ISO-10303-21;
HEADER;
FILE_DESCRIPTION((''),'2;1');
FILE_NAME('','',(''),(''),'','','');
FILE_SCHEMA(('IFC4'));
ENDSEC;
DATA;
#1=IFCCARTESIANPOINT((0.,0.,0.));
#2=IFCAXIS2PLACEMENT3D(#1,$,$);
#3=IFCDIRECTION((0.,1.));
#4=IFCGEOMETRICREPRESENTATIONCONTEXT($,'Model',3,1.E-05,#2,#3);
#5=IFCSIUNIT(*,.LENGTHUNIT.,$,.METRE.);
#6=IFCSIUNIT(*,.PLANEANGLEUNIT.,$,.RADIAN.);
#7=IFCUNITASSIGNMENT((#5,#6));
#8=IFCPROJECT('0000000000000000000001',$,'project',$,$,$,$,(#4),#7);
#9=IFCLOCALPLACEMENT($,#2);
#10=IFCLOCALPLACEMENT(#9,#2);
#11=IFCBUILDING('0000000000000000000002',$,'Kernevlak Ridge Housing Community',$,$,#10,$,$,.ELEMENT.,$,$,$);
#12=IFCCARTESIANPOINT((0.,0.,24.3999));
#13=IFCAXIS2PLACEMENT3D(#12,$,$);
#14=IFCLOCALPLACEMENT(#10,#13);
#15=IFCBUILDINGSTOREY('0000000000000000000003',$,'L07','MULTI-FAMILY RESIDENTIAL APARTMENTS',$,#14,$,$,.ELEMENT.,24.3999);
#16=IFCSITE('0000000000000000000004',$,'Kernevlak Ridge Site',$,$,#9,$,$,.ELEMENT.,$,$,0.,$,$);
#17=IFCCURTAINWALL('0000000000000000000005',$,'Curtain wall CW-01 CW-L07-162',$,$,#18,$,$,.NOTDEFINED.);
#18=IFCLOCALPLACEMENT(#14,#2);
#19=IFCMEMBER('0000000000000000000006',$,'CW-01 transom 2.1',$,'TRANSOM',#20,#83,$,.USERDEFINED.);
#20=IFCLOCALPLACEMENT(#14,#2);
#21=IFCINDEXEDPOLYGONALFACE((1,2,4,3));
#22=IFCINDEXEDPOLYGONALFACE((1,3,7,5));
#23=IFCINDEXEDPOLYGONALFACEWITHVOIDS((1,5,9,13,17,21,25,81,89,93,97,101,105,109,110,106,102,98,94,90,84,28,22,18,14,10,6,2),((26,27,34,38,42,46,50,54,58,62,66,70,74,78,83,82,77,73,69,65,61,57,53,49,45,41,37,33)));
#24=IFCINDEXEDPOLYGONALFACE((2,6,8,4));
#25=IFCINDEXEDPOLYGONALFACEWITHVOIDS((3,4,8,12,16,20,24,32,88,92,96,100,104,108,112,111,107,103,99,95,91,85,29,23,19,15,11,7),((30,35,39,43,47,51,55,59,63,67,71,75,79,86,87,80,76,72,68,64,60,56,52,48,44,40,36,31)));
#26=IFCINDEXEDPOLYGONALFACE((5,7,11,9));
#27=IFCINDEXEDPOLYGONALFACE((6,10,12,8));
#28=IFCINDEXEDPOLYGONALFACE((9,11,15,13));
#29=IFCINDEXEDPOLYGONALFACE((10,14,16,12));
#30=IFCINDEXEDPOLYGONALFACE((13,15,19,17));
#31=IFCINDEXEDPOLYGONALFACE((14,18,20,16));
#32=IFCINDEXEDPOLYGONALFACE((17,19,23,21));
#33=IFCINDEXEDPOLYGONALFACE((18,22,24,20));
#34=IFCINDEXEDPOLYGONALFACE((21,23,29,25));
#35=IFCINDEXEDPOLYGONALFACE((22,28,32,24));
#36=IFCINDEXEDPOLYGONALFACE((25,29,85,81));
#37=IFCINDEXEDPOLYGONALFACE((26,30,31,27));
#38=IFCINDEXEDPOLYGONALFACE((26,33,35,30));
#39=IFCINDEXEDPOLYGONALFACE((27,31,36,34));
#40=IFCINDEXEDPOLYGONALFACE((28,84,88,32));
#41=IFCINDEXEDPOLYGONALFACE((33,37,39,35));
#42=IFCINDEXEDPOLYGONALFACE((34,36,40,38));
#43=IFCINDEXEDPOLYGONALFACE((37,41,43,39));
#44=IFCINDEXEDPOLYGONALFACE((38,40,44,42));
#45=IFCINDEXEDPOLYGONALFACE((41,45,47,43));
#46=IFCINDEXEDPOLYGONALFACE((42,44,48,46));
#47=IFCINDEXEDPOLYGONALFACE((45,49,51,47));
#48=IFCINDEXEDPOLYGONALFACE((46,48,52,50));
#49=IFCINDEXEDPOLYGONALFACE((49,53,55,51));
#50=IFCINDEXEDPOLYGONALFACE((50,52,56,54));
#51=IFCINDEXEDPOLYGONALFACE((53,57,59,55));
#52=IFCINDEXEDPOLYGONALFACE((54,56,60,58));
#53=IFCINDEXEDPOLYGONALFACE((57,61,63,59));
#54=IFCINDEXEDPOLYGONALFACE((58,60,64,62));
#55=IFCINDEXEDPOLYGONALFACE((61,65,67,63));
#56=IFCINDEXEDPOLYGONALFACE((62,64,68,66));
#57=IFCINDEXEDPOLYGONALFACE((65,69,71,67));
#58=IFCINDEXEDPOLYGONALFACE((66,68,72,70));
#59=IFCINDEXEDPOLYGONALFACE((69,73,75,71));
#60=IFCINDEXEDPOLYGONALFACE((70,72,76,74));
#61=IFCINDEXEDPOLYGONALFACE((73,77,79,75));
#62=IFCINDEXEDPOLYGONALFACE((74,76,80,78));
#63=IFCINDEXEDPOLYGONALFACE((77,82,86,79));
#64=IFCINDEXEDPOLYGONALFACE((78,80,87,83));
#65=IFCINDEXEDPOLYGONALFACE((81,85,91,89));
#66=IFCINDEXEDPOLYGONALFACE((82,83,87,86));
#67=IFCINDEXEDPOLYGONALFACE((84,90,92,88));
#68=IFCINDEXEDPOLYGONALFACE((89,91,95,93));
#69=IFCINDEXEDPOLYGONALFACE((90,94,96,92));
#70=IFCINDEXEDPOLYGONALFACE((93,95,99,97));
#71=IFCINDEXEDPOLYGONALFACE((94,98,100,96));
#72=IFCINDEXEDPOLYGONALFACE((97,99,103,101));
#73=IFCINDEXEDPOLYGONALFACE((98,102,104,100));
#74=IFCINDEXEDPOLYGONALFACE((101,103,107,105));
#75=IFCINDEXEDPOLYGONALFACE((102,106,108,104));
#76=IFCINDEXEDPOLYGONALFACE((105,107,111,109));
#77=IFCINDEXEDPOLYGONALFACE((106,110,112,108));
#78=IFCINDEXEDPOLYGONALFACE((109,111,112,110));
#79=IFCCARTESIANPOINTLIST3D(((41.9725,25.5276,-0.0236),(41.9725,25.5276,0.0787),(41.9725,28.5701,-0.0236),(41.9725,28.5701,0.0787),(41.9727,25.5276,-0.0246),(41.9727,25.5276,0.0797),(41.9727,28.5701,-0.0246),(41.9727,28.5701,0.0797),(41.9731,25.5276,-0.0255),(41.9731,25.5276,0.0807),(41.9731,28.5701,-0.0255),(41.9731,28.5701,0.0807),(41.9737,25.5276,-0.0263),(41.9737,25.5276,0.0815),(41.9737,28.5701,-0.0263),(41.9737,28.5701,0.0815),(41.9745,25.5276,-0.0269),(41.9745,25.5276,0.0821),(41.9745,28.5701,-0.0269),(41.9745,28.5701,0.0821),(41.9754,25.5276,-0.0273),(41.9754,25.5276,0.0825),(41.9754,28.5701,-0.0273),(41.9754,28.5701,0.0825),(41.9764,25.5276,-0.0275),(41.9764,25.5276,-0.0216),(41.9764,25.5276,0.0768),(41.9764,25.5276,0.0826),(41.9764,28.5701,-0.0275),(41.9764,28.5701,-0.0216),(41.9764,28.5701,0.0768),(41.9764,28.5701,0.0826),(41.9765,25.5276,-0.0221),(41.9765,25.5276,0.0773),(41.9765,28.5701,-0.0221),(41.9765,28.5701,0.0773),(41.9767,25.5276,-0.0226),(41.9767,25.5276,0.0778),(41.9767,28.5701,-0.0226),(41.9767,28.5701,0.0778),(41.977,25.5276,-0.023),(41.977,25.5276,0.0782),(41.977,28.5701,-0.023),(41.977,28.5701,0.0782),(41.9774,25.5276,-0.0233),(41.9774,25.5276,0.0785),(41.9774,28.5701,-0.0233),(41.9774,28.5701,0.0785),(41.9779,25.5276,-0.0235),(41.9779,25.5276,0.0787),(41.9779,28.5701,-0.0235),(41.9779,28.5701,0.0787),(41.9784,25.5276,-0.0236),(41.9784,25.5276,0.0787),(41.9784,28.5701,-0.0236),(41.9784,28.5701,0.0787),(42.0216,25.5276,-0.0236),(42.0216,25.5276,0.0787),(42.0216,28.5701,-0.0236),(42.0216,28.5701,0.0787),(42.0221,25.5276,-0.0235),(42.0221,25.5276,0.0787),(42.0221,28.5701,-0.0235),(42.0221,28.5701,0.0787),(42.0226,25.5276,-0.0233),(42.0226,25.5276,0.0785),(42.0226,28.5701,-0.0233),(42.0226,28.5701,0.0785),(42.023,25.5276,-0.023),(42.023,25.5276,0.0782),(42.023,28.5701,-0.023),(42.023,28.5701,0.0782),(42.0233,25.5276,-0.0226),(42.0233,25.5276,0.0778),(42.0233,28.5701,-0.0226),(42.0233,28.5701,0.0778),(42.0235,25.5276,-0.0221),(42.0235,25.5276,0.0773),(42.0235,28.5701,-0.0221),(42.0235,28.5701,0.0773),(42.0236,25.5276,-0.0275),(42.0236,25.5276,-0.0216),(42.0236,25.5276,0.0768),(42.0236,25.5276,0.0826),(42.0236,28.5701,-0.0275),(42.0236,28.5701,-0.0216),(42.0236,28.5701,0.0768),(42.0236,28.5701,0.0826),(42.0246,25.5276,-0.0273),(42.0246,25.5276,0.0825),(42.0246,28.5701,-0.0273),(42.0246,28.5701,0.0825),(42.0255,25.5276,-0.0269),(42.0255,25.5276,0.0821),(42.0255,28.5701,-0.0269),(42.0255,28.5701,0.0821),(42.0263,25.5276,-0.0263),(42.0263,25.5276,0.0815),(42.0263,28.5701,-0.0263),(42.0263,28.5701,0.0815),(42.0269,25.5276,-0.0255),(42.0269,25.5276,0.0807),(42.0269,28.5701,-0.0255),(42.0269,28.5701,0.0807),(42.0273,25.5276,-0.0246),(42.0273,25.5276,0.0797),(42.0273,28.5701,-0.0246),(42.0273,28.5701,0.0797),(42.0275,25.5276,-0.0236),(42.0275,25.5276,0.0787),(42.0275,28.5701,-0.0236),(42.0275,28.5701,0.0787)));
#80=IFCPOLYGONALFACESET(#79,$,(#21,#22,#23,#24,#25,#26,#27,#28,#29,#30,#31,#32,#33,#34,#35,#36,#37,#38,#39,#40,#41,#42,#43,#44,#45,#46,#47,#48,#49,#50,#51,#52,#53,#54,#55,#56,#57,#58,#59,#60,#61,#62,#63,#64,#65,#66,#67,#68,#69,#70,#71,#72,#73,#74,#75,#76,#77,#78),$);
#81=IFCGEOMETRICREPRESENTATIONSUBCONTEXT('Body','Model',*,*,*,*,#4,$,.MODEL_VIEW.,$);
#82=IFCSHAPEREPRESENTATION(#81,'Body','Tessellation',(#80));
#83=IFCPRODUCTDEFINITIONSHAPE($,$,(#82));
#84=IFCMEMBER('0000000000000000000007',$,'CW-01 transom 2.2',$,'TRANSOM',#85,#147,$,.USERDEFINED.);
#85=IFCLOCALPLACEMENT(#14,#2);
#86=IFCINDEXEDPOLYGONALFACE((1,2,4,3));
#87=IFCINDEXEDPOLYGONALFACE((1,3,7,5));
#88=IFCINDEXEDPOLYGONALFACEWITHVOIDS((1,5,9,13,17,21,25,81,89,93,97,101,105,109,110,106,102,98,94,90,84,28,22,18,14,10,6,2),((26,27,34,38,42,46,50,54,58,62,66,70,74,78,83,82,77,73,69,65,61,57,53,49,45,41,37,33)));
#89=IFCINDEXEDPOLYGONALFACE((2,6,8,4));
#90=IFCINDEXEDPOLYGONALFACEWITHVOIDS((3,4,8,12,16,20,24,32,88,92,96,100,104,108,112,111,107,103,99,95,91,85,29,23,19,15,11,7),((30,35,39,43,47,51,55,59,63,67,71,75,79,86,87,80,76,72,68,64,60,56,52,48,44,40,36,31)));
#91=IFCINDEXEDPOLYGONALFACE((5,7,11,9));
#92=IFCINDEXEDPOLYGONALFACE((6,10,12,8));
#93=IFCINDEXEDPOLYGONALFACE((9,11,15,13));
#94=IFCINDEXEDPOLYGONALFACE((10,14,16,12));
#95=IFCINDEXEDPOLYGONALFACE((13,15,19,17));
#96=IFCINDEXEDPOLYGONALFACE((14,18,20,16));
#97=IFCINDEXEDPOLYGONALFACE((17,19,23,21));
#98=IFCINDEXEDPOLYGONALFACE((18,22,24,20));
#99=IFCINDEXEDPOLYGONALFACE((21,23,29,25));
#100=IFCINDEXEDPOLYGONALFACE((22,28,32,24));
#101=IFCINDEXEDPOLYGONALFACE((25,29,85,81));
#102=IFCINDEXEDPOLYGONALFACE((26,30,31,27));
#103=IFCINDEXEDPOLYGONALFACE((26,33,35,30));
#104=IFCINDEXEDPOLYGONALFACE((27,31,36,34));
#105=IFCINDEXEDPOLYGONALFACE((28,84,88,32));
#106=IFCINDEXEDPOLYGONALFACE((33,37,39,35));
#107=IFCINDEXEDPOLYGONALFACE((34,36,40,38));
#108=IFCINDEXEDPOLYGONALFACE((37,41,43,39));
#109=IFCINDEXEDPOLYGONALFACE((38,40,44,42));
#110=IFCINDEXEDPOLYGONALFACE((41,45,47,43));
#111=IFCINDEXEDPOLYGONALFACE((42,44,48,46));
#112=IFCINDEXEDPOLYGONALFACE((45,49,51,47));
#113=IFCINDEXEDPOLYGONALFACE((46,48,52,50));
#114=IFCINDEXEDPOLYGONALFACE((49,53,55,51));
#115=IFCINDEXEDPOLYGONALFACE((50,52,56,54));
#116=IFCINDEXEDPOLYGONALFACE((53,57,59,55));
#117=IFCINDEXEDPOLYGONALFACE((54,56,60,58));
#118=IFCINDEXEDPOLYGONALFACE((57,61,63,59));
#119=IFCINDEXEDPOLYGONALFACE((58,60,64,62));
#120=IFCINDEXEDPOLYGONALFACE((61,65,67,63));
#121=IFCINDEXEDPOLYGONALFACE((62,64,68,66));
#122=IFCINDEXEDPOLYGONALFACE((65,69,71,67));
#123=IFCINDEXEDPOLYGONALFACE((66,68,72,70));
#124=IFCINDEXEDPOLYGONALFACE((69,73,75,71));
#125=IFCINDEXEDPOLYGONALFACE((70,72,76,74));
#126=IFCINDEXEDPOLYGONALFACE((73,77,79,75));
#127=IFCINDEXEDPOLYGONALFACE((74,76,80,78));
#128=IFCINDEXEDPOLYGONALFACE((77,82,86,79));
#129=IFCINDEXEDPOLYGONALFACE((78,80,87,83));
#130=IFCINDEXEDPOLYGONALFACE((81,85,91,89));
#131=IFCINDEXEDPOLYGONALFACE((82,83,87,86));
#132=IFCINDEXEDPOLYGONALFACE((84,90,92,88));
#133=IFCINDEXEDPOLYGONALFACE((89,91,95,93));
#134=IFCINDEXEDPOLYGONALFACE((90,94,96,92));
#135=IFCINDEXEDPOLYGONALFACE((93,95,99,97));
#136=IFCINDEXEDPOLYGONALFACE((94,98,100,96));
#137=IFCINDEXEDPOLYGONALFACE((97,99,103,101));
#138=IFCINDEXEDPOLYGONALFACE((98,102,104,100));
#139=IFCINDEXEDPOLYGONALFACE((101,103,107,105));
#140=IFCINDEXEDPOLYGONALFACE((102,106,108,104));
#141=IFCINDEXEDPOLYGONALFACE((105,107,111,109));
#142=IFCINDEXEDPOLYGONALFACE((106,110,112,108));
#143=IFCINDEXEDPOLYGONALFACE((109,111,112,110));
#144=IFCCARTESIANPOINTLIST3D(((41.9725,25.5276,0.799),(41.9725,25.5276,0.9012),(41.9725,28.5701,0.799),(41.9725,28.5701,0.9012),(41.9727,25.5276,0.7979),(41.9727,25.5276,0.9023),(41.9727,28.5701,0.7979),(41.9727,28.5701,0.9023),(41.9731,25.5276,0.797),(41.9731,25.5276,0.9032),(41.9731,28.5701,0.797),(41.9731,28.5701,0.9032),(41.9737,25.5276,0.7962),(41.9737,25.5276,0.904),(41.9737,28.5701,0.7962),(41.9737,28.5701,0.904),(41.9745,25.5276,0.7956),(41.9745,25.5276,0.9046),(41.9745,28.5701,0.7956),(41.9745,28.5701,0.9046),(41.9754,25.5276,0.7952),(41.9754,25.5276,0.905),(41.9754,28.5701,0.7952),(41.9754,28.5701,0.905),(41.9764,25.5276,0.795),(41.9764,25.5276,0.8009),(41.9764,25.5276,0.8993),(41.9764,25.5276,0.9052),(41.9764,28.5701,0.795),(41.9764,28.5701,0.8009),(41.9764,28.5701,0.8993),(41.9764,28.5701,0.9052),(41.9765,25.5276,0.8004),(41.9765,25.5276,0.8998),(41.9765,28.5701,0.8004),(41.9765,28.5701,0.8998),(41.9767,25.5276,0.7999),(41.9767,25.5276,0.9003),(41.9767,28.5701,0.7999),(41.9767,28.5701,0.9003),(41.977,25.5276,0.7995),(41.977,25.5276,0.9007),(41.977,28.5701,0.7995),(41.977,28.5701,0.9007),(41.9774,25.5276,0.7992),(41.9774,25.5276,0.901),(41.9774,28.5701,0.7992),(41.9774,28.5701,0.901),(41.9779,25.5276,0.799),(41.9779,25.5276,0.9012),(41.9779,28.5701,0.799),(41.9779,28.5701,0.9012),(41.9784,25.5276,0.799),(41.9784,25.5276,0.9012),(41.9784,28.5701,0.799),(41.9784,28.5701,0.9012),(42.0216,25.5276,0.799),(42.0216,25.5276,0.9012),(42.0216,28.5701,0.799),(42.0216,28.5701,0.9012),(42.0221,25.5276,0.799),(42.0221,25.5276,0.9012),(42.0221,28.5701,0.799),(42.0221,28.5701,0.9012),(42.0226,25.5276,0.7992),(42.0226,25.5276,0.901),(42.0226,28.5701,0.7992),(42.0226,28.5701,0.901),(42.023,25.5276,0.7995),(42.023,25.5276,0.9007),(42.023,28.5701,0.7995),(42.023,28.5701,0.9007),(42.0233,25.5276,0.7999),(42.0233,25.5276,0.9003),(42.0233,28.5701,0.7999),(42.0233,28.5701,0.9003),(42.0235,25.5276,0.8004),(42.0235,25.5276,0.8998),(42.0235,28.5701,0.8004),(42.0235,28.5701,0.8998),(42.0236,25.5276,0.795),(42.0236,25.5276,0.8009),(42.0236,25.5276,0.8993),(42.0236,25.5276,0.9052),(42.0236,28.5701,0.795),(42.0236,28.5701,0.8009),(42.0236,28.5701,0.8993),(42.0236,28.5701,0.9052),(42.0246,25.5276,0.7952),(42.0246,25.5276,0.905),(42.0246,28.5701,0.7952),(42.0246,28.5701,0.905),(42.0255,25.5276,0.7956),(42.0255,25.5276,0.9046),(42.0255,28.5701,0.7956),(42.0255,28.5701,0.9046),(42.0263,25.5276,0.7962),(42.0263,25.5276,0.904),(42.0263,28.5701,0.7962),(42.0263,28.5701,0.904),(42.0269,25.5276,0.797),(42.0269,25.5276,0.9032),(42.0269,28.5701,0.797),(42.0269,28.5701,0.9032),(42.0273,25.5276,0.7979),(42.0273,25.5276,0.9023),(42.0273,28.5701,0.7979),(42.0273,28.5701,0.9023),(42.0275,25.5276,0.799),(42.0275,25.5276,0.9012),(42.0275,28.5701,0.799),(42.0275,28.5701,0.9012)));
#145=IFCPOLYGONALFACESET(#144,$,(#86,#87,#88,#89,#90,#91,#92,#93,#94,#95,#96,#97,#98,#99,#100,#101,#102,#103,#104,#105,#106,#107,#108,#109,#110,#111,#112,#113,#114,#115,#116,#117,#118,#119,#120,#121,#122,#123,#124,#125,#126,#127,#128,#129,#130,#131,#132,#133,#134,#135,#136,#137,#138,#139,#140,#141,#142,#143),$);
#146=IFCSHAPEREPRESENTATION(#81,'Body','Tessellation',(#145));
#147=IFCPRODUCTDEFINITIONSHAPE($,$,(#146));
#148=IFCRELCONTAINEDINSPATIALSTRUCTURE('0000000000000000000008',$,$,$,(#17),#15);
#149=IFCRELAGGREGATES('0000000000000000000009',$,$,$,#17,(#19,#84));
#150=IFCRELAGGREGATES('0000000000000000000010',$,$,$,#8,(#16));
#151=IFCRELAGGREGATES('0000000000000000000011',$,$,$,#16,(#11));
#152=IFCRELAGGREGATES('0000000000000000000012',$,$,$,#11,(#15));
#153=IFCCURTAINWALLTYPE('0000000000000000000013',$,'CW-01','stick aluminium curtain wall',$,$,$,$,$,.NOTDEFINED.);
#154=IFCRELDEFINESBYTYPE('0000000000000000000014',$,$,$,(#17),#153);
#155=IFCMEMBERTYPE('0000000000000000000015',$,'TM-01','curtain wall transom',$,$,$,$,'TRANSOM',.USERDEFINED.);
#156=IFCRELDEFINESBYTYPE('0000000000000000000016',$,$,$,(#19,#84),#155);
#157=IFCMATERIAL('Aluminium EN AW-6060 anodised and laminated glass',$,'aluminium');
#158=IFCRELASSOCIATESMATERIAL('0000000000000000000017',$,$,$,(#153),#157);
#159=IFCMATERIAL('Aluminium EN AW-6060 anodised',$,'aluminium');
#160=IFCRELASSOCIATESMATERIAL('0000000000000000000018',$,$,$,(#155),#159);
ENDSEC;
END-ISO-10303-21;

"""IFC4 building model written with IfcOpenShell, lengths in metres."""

from ifc_helpers import new_model, si_unit, direction, frame, origin, origin_2d, place, context, subcontext, project, spatial, hollow_rectangle, extrude, material, material_profile, profile_set, type_object, element, aggregate, save


model = new_model("IFC4")

# Units and contexts
model_context = context("Model", 3, precision=1e-05, world=origin(), true_north=direction((0.0, 1.0)))
body_context = subcontext(model_context, "Body", "Model", "MODEL_VIEW")
ifc_project = project(units=[si_unit("LENGTHUNIT", "METRE"), si_unit("PLANEANGLEUNIT", "RADIAN")], contexts=[model_context])

# Site, building, storey
site_placement = place(None, origin())
site = spatial("IfcSite", under=ifc_project, at=site_placement, Name="Kernevlak Ridge Site", CompositionType="ELEMENT", RefElevation=0.0)
building_placement = place(site_placement, origin())
building = spatial("IfcBuilding", under=site, at=building_placement, Name="Kernevlak Ridge Housing Community", CompositionType="ELEMENT")
storey_placement = place(building_placement, frame((0.0, 0.0, 24.3999)))
storey = spatial("IfcBuildingStorey", under=building, at=storey_placement, Name="L07", Description="MULTI-FAMILY RESIDENTIAL APARTMENTS", CompositionType="ELEMENT", Elevation=24.3999)

# Curtain wall
ifc_material_1 = material(Name="Aluminium EN AW-6060 anodised and laminated glass", Category="aluminium")
curtain_wall_type = type_object("IfcCurtainWallType", Name="CW-01", Description="stick aluminium curtain wall", PredefinedType="NOTDEFINED", material=ifc_material_1)
curtain_wall_placement = place(storey_placement, origin())
curtain_wall = element("IfcCurtainWall", 1, at=curtain_wall_placement, inside=storey, type_object=curtain_wall_type, Name="Curtain wall CW-01 CW-L07-162", PredefinedType="NOTDEFINED")
ifc_material_2 = material(Name="Aluminium EN AW-6060 anodised", Category="aluminium")

# Members
ifc_material_profile_1 = material_profile(ifc_material_2, hollow_rectangle(XDim=0.0549, YDim=0.1101, WallThickness=0.0039, InnerFilletRadius=0.002, OuterFilletRadius=0.0039, at=origin_2d()), Name="ALU 55x110x4")
ifc_profile_set_1 = profile_set([ifc_material_profile_1], Name="Aluminium EN AW-6060 anodised")
member_type_1 = type_object("IfcMemberType", Name="TM-01", Description="curtain wall transom", ElementType="TRANSOM", PredefinedType="USERDEFINED", material=ifc_profile_set_1)
member_1_placement = place(storey_placement, frame((42.0, 25.5276, 0.0276), z_axis=(0.0, 1.0, 0.0), x_axis=(-1.0, 0.0, 0.0)))
member_1 = element("IfcMember", 2, at=member_1_placement, type_object=member_type_1, Name="CW-01 transom 2.1", ObjectType="TRANSOM", PredefinedType="USERDEFINED", context=body_context, shape_type="SweptSolid", body=[
    extrude(hollow_rectangle(XDim=0.0549, YDim=0.1101, WallThickness=0.0039, InnerFilletRadius=0.002, OuterFilletRadius=0.0039, at=origin_2d()), origin(), (0.0, 0.0, 1.0), 3.0425),
])
member_2_placement = place(storey_placement, frame((42.0, 25.5276, 0.8501), z_axis=(0.0, 1.0, 0.0), x_axis=(-1.0, 0.0, 0.0)))
member_2 = element("IfcMember", 3, at=member_2_placement, type_object=member_type_1, Name="CW-01 transom 2.2", ObjectType="TRANSOM", PredefinedType="USERDEFINED", context=body_context, shape_type="SweptSolid", body=[
    extrude(hollow_rectangle(XDim=0.0549, YDim=0.1101, WallThickness=0.0039, InnerFilletRadius=0.002, OuterFilletRadius=0.0039, at=origin_2d()), origin(), (0.0, 0.0, 1.0), 3.0425),
])

aggregate(curtain_wall, [member_1, member_2])

save(model, "model.ifc")
